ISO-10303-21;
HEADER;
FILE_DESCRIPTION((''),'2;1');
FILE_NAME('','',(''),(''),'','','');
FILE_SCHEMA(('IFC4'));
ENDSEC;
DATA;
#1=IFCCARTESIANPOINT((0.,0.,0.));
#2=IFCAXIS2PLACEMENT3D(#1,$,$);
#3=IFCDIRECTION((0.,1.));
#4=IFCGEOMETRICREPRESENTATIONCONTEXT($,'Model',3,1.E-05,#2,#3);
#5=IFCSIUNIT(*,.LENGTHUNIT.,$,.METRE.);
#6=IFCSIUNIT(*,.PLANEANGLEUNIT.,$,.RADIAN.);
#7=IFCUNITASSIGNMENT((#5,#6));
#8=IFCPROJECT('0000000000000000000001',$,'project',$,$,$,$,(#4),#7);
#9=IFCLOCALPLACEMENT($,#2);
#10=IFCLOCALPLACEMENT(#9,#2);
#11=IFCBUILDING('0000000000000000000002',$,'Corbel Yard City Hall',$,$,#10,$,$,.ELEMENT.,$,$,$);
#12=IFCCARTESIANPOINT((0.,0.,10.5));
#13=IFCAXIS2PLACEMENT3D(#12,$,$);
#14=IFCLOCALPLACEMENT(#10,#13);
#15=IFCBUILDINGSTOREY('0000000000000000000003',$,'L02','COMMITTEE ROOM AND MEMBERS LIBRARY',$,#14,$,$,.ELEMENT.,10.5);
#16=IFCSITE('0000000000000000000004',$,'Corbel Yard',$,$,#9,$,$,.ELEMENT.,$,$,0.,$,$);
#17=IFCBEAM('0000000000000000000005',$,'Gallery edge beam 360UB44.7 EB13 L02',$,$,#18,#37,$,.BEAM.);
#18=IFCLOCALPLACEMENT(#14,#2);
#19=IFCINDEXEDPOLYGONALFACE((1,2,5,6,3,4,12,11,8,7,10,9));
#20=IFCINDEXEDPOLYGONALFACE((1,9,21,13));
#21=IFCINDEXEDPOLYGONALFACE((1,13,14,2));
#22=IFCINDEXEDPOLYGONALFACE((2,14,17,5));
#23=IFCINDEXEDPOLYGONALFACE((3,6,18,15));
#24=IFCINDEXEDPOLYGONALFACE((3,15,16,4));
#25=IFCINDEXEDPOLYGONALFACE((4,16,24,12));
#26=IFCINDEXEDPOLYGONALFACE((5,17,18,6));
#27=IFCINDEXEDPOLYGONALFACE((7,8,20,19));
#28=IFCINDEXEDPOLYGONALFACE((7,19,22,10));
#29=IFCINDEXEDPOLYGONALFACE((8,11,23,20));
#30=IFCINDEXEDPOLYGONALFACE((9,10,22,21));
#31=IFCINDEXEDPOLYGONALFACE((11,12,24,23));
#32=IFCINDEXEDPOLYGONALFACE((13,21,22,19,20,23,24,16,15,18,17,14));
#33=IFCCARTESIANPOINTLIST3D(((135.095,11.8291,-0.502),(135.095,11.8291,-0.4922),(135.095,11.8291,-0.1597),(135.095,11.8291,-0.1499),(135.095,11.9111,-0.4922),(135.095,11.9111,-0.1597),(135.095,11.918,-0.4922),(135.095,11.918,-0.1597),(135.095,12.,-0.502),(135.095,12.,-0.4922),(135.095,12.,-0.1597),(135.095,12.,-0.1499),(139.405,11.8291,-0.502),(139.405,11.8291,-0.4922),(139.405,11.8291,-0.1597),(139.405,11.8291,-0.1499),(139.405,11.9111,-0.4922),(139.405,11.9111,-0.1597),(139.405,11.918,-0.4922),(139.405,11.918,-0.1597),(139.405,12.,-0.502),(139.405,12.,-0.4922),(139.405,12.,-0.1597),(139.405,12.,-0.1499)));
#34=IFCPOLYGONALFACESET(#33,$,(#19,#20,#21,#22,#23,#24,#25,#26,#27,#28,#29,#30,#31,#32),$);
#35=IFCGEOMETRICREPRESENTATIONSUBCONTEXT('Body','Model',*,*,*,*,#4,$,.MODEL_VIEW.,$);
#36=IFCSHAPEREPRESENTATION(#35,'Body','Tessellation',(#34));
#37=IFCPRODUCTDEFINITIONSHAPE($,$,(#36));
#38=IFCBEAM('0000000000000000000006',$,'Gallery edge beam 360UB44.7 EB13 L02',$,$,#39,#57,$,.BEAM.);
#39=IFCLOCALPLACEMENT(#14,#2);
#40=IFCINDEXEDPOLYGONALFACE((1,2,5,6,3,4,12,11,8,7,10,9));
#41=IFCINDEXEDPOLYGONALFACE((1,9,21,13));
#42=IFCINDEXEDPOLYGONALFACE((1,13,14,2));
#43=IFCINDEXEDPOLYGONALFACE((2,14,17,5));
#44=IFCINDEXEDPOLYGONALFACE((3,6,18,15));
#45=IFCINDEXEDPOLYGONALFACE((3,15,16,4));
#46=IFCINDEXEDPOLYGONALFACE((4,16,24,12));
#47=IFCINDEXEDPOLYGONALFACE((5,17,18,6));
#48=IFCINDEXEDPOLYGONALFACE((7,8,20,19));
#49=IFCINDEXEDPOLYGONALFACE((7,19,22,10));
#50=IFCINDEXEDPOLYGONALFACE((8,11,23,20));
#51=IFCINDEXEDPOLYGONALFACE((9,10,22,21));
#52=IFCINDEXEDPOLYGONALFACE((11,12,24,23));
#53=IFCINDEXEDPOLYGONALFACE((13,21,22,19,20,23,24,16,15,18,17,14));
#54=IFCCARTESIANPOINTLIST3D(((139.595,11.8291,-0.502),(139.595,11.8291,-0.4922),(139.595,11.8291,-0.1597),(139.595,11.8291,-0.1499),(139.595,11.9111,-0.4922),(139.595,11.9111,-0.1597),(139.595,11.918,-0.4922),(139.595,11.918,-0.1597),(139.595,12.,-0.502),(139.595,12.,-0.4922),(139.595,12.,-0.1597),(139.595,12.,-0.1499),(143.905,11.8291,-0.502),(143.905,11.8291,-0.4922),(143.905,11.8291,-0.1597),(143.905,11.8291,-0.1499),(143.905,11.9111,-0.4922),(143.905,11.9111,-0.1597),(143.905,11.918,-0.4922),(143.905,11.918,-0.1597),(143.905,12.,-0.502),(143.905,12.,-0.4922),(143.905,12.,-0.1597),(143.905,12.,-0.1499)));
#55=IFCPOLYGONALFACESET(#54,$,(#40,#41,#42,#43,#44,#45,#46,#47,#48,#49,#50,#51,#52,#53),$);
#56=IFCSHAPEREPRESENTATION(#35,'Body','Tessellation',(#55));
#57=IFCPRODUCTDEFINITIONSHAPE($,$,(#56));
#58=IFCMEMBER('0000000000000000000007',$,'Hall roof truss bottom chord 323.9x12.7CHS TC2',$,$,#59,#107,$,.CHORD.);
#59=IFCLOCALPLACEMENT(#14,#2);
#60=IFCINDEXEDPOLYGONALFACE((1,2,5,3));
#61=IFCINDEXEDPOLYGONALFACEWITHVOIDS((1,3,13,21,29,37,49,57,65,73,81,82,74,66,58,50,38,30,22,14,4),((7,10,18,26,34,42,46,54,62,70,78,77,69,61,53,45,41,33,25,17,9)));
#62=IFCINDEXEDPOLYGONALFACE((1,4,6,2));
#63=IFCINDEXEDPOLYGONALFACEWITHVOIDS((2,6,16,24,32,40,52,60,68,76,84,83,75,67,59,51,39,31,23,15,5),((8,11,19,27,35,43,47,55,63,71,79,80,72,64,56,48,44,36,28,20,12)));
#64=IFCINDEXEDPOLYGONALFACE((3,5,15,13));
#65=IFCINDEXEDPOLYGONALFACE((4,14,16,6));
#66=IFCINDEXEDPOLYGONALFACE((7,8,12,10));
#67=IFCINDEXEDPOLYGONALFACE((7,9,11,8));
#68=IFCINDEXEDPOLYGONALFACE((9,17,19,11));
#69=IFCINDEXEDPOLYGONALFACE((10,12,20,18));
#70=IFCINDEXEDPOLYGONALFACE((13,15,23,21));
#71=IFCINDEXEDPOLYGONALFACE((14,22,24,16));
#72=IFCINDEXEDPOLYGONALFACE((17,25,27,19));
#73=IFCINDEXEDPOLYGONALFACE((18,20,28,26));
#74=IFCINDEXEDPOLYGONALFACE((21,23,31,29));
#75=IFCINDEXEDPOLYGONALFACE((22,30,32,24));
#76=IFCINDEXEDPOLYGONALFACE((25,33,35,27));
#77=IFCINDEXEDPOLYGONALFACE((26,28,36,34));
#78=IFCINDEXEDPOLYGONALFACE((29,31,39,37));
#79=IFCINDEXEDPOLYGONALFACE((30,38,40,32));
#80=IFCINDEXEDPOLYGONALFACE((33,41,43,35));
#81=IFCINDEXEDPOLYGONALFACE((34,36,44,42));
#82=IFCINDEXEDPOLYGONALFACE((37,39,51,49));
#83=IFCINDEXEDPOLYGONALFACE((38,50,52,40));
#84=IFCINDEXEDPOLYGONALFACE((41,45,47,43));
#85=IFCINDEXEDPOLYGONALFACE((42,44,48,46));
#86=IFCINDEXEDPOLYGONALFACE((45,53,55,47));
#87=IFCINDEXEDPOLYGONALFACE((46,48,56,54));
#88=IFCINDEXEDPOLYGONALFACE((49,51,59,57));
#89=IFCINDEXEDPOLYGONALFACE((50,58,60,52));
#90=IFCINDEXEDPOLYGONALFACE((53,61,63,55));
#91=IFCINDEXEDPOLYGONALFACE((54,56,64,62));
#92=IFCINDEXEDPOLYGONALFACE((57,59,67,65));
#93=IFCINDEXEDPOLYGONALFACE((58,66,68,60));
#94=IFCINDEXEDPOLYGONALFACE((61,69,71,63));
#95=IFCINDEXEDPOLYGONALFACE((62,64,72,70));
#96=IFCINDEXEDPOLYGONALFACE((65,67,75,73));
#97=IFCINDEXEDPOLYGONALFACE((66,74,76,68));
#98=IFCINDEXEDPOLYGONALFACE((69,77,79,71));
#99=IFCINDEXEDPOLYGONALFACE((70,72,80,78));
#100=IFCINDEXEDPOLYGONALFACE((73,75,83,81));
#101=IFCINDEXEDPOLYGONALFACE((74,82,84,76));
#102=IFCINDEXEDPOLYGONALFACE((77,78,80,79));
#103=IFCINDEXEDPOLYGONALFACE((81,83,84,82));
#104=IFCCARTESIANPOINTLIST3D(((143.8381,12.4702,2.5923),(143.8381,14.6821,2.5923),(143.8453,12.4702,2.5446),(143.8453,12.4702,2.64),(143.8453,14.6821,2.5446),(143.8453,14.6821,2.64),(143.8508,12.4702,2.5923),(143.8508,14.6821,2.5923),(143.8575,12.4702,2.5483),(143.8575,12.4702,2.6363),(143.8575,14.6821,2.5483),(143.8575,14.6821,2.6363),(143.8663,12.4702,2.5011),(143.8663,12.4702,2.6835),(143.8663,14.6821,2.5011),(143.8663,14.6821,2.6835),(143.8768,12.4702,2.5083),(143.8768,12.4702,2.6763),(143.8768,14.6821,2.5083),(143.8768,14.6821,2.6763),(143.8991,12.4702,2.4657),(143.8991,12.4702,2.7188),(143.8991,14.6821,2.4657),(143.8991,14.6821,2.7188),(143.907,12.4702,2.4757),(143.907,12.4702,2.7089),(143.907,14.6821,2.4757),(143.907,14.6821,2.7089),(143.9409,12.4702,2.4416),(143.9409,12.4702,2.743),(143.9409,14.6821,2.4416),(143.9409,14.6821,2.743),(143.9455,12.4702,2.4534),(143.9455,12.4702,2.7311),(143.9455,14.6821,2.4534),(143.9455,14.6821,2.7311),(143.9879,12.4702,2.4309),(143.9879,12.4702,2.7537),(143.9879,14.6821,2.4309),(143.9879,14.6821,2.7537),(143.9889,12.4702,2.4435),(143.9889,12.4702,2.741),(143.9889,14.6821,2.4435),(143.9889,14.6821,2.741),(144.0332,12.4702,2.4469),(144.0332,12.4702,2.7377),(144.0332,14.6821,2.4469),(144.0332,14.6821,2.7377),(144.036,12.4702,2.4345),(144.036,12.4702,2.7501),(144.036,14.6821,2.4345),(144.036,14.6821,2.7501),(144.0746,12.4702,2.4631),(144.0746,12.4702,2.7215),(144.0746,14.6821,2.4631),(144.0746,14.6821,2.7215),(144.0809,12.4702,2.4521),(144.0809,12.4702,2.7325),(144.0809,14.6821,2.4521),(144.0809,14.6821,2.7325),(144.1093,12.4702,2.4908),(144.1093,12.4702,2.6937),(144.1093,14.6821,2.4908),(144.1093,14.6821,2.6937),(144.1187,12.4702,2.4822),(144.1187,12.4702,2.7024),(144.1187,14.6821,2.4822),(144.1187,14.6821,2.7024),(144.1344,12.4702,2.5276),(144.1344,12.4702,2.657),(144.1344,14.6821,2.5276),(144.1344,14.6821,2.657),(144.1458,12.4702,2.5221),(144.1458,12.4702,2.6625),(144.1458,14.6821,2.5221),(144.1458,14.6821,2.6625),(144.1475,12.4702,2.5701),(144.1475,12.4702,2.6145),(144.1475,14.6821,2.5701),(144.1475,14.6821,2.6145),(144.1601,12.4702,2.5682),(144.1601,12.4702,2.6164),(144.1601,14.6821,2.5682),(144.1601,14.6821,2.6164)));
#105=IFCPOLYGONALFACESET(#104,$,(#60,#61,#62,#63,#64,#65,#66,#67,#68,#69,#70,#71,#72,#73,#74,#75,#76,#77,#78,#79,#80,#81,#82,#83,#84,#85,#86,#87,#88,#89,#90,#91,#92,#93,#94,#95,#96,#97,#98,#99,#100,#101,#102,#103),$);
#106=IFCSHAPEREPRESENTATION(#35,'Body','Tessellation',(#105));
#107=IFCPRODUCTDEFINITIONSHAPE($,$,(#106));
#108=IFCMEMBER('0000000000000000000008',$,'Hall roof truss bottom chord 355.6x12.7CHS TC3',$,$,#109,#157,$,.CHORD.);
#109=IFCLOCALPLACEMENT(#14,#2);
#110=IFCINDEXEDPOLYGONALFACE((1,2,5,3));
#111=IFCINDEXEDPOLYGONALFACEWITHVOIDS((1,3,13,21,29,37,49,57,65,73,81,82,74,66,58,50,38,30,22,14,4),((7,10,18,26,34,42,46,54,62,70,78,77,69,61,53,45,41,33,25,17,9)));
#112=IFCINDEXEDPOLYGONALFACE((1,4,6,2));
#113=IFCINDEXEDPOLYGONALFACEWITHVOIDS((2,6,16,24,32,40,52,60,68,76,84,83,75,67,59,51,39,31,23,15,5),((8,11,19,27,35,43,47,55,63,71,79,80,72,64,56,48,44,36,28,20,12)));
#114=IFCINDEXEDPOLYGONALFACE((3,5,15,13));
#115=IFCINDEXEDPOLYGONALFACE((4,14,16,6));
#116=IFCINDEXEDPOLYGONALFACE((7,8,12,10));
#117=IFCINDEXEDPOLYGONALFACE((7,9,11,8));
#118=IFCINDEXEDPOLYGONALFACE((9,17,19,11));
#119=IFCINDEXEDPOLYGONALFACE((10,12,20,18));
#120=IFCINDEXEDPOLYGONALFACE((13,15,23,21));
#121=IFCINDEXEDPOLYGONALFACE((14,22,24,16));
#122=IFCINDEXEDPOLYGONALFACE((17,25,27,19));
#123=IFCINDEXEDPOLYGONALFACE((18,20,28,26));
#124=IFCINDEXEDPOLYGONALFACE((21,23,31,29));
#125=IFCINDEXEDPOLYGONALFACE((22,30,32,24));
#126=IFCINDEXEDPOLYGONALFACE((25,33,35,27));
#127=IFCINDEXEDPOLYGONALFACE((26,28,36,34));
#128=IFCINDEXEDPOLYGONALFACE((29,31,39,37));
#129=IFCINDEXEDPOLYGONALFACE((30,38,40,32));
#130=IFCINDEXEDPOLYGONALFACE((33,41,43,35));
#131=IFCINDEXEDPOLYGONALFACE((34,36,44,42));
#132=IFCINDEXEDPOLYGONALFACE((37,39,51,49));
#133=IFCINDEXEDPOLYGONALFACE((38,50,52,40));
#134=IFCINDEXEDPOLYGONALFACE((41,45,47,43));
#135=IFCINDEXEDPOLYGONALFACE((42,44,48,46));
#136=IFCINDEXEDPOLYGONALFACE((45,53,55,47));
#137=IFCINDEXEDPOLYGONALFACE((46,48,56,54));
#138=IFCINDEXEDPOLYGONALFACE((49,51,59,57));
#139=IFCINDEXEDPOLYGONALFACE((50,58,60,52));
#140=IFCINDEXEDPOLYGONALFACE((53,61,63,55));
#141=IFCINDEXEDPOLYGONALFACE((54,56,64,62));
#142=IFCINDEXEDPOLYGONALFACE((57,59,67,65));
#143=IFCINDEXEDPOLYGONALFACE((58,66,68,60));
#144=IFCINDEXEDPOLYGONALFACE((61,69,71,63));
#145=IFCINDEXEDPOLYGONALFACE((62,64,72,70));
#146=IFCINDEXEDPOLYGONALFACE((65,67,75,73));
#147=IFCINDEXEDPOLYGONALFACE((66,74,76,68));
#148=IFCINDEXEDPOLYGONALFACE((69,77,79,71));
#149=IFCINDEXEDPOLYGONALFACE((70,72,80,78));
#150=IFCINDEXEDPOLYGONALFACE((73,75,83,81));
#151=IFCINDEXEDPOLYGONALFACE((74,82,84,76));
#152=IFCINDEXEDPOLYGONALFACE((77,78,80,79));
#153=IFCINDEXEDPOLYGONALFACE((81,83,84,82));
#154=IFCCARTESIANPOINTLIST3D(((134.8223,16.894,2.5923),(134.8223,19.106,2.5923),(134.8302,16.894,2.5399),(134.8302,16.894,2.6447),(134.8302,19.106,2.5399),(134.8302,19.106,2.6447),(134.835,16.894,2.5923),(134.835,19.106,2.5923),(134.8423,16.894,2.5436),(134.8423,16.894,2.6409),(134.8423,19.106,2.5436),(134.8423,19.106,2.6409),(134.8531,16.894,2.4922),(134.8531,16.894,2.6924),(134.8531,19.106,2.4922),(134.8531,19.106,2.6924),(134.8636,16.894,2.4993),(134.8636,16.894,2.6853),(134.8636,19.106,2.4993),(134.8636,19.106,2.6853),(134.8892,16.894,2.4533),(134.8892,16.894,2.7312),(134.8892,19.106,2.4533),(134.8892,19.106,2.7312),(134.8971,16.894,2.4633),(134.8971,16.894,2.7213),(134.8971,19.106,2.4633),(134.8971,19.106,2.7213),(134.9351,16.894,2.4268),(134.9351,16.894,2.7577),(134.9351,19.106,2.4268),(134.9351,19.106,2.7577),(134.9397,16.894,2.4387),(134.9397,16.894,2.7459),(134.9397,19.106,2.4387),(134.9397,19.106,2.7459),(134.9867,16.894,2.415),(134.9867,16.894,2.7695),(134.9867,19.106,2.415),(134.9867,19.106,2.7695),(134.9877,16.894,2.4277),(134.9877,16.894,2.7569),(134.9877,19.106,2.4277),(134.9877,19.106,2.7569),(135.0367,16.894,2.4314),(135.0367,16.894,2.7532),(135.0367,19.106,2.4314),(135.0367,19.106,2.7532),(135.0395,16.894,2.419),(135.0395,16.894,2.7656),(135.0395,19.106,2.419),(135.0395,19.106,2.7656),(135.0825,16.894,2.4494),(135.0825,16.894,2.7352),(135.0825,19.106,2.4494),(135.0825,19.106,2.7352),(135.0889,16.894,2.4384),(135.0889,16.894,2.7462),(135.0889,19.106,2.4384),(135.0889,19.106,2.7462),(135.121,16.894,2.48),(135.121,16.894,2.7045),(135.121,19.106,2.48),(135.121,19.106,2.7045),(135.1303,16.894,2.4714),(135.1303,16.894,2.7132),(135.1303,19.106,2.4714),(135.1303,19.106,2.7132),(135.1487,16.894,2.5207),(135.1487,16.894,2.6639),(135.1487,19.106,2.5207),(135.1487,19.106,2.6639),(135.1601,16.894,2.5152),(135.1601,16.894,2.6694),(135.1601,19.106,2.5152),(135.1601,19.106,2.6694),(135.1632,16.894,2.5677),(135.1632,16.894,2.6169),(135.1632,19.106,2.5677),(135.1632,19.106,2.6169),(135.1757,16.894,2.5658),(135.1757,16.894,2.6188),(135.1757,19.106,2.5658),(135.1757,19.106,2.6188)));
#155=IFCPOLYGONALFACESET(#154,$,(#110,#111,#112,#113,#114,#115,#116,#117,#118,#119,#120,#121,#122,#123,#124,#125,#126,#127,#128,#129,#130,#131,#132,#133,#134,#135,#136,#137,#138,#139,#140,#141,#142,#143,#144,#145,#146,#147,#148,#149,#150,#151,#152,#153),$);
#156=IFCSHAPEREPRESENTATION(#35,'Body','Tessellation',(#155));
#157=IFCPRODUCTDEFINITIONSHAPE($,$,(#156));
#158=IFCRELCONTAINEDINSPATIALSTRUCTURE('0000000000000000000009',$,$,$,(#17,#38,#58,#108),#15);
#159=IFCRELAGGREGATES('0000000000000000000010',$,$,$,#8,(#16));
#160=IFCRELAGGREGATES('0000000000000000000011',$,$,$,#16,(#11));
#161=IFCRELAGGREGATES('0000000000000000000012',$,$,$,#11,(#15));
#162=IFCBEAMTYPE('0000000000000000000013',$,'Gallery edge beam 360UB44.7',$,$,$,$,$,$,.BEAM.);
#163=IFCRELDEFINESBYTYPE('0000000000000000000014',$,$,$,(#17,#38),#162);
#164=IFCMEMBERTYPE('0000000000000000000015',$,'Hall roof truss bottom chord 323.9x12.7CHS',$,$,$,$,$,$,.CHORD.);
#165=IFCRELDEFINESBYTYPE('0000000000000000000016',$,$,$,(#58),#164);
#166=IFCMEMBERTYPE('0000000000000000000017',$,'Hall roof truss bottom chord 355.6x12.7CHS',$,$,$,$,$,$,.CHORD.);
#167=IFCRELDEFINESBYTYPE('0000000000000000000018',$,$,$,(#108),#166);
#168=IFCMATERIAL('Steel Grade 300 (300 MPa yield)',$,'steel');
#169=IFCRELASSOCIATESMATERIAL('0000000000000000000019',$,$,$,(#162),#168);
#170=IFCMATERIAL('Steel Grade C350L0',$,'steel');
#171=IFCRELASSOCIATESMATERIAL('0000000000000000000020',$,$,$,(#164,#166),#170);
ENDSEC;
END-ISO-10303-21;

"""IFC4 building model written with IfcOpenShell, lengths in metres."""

from ifc_helpers import new_model, si_unit, direction, frame, origin, origin_2d, place, context, subcontext, project, spatial, hollow_circle, i_section, extrude, material, material_profile, profile_set, type_object, element, save


model = new_model("IFC4")

# Units and contexts
model_context = context("Model", 3, precision=1e-05, world=origin(), true_north=direction((0.0, 1.0)))
body_context = subcontext(model_context, "Body", "Model", "MODEL_VIEW")
ifc_project = project(units=[si_unit("LENGTHUNIT", "METRE"), si_unit("PLANEANGLEUNIT", "RADIAN")], contexts=[model_context])

# Site, building, storey
site_placement = place(None, origin())
site = spatial("IfcSite", under=ifc_project, at=site_placement, Name="Corbel Yard", CompositionType="ELEMENT", RefElevation=0.0)
building_placement = place(site_placement, origin())
building = spatial("IfcBuilding", under=site, at=building_placement, Name="Corbel Yard City Hall", CompositionType="ELEMENT")
storey_placement = place(building_placement, frame((0.0, 0.0, 10.5)))
storey = spatial("IfcBuildingStorey", under=building, at=storey_placement, Name="L02", Description="COMMITTEE ROOM AND MEMBERS LIBRARY", CompositionType="ELEMENT", Elevation=10.5)

# Beams
ifc_material_1 = material(Name="Steel Grade 300 (300 MPa yield)", Category="steel")
ifc_material_profile_1 = material_profile(ifc_material_1, i_section(OverallWidth=0.1709, OverallDepth=0.3521, WebThickness=0.0068, FlangeThickness=0.0098, at=origin_2d()), Name="360UB44.7")
ifc_profile_set_1 = profile_set([ifc_material_profile_1], Name="Steel Grade 300 (300 MPa yield)")
beam_type = type_object("IfcBeamType", Name="Gallery edge beam 360UB44.7", PredefinedType="BEAM", material=ifc_profile_set_1)
for number, where, z_axis, x_axis, name in (
    (1, (135.095, 11.9146, -0.3259), (1.0, 0.0, 0.0), (0.0, 1.0, 0.0), "Gallery edge beam 360UB44.7 EB13 L02"),
    (2, (139.595, 11.9146, -0.3259), (1.0, 0.0, 0.0), (0.0, 1.0, 0.0), "Gallery edge beam 360UB44.7 EB13 L02"),
):
    element("IfcBeam", number, at=place(storey_placement, frame(where, z_axis=z_axis, x_axis=x_axis)), inside=storey, type_object=beam_type, Name=name, PredefinedType="BEAM", context=body_context, shape_type="SweptSolid", body=[
        extrude(i_section(OverallWidth=0.1709, OverallDepth=0.3521, WebThickness=0.0068, FlangeThickness=0.0098, at=origin_2d()), origin(), (0.0, 0.0, 1.0), 4.3101),
    ])

# Members
ifc_material_2 = material(Name="Steel Grade C350L0", Category="steel")
ifc_material_profile_2 = material_profile(ifc_material_2, hollow_circle(Radius=0.1619, WallThickness=0.0127, at=origin_2d()), Name="323.9x12.7CHS")
ifc_profile_set_2 = profile_set([ifc_material_profile_2], Name="Steel Grade C350L0")
member_type_1 = type_object("IfcMemberType", Name="Hall roof truss bottom chord 323.9x12.7CHS", PredefinedType="CHORD", material=ifc_profile_set_2)
member_1_placement = place(storey_placement, frame((144.0, 12.4702, 2.5923), z_axis=(0.0, 1.0, 0.0), x_axis=(-1.0, 0.0, 0.0)))
element("IfcMember", 3, at=member_1_placement, inside=storey, type_object=member_type_1, Name="Hall roof truss bottom chord 323.9x12.7CHS TC2", PredefinedType="CHORD", context=body_context, shape_type="SweptSolid", body=[
    extrude(hollow_circle(Radius=0.1619, WallThickness=0.0127, at=origin_2d()), origin(), (0.0, 0.0, 1.0), 2.2119),
])
ifc_material_profile_3 = material_profile(ifc_material_2, hollow_circle(Radius=0.1777, WallThickness=0.0127, at=origin_2d()), Name="355.6x12.7CHS")
ifc_profile_set_3 = profile_set([ifc_material_profile_3], Name="Steel Grade C350L0")
member_type_2 = type_object("IfcMemberType", Name="Hall roof truss bottom chord 355.6x12.7CHS", PredefinedType="CHORD", material=ifc_profile_set_3)
for number, where, z_axis, x_axis, name in (
    (4, (135.0, 16.894, 2.5923), (0.0, 1.0, 0.0), (-1.0, 0.0, 0.0), "Hall roof truss bottom chord 355.6x12.7CHS TC3"),
):
    element("IfcMember", number, at=place(storey_placement, frame(where, z_axis=z_axis, x_axis=x_axis)), inside=storey, type_object=member_type_2, Name=name, PredefinedType="CHORD", context=body_context, shape_type="SweptSolid", body=[
        extrude(hollow_circle(Radius=0.1777, WallThickness=0.0127, at=origin_2d()), origin(), (0.0, 0.0, 1.0), 2.2119),
    ])

save(model, "model.ifc")
